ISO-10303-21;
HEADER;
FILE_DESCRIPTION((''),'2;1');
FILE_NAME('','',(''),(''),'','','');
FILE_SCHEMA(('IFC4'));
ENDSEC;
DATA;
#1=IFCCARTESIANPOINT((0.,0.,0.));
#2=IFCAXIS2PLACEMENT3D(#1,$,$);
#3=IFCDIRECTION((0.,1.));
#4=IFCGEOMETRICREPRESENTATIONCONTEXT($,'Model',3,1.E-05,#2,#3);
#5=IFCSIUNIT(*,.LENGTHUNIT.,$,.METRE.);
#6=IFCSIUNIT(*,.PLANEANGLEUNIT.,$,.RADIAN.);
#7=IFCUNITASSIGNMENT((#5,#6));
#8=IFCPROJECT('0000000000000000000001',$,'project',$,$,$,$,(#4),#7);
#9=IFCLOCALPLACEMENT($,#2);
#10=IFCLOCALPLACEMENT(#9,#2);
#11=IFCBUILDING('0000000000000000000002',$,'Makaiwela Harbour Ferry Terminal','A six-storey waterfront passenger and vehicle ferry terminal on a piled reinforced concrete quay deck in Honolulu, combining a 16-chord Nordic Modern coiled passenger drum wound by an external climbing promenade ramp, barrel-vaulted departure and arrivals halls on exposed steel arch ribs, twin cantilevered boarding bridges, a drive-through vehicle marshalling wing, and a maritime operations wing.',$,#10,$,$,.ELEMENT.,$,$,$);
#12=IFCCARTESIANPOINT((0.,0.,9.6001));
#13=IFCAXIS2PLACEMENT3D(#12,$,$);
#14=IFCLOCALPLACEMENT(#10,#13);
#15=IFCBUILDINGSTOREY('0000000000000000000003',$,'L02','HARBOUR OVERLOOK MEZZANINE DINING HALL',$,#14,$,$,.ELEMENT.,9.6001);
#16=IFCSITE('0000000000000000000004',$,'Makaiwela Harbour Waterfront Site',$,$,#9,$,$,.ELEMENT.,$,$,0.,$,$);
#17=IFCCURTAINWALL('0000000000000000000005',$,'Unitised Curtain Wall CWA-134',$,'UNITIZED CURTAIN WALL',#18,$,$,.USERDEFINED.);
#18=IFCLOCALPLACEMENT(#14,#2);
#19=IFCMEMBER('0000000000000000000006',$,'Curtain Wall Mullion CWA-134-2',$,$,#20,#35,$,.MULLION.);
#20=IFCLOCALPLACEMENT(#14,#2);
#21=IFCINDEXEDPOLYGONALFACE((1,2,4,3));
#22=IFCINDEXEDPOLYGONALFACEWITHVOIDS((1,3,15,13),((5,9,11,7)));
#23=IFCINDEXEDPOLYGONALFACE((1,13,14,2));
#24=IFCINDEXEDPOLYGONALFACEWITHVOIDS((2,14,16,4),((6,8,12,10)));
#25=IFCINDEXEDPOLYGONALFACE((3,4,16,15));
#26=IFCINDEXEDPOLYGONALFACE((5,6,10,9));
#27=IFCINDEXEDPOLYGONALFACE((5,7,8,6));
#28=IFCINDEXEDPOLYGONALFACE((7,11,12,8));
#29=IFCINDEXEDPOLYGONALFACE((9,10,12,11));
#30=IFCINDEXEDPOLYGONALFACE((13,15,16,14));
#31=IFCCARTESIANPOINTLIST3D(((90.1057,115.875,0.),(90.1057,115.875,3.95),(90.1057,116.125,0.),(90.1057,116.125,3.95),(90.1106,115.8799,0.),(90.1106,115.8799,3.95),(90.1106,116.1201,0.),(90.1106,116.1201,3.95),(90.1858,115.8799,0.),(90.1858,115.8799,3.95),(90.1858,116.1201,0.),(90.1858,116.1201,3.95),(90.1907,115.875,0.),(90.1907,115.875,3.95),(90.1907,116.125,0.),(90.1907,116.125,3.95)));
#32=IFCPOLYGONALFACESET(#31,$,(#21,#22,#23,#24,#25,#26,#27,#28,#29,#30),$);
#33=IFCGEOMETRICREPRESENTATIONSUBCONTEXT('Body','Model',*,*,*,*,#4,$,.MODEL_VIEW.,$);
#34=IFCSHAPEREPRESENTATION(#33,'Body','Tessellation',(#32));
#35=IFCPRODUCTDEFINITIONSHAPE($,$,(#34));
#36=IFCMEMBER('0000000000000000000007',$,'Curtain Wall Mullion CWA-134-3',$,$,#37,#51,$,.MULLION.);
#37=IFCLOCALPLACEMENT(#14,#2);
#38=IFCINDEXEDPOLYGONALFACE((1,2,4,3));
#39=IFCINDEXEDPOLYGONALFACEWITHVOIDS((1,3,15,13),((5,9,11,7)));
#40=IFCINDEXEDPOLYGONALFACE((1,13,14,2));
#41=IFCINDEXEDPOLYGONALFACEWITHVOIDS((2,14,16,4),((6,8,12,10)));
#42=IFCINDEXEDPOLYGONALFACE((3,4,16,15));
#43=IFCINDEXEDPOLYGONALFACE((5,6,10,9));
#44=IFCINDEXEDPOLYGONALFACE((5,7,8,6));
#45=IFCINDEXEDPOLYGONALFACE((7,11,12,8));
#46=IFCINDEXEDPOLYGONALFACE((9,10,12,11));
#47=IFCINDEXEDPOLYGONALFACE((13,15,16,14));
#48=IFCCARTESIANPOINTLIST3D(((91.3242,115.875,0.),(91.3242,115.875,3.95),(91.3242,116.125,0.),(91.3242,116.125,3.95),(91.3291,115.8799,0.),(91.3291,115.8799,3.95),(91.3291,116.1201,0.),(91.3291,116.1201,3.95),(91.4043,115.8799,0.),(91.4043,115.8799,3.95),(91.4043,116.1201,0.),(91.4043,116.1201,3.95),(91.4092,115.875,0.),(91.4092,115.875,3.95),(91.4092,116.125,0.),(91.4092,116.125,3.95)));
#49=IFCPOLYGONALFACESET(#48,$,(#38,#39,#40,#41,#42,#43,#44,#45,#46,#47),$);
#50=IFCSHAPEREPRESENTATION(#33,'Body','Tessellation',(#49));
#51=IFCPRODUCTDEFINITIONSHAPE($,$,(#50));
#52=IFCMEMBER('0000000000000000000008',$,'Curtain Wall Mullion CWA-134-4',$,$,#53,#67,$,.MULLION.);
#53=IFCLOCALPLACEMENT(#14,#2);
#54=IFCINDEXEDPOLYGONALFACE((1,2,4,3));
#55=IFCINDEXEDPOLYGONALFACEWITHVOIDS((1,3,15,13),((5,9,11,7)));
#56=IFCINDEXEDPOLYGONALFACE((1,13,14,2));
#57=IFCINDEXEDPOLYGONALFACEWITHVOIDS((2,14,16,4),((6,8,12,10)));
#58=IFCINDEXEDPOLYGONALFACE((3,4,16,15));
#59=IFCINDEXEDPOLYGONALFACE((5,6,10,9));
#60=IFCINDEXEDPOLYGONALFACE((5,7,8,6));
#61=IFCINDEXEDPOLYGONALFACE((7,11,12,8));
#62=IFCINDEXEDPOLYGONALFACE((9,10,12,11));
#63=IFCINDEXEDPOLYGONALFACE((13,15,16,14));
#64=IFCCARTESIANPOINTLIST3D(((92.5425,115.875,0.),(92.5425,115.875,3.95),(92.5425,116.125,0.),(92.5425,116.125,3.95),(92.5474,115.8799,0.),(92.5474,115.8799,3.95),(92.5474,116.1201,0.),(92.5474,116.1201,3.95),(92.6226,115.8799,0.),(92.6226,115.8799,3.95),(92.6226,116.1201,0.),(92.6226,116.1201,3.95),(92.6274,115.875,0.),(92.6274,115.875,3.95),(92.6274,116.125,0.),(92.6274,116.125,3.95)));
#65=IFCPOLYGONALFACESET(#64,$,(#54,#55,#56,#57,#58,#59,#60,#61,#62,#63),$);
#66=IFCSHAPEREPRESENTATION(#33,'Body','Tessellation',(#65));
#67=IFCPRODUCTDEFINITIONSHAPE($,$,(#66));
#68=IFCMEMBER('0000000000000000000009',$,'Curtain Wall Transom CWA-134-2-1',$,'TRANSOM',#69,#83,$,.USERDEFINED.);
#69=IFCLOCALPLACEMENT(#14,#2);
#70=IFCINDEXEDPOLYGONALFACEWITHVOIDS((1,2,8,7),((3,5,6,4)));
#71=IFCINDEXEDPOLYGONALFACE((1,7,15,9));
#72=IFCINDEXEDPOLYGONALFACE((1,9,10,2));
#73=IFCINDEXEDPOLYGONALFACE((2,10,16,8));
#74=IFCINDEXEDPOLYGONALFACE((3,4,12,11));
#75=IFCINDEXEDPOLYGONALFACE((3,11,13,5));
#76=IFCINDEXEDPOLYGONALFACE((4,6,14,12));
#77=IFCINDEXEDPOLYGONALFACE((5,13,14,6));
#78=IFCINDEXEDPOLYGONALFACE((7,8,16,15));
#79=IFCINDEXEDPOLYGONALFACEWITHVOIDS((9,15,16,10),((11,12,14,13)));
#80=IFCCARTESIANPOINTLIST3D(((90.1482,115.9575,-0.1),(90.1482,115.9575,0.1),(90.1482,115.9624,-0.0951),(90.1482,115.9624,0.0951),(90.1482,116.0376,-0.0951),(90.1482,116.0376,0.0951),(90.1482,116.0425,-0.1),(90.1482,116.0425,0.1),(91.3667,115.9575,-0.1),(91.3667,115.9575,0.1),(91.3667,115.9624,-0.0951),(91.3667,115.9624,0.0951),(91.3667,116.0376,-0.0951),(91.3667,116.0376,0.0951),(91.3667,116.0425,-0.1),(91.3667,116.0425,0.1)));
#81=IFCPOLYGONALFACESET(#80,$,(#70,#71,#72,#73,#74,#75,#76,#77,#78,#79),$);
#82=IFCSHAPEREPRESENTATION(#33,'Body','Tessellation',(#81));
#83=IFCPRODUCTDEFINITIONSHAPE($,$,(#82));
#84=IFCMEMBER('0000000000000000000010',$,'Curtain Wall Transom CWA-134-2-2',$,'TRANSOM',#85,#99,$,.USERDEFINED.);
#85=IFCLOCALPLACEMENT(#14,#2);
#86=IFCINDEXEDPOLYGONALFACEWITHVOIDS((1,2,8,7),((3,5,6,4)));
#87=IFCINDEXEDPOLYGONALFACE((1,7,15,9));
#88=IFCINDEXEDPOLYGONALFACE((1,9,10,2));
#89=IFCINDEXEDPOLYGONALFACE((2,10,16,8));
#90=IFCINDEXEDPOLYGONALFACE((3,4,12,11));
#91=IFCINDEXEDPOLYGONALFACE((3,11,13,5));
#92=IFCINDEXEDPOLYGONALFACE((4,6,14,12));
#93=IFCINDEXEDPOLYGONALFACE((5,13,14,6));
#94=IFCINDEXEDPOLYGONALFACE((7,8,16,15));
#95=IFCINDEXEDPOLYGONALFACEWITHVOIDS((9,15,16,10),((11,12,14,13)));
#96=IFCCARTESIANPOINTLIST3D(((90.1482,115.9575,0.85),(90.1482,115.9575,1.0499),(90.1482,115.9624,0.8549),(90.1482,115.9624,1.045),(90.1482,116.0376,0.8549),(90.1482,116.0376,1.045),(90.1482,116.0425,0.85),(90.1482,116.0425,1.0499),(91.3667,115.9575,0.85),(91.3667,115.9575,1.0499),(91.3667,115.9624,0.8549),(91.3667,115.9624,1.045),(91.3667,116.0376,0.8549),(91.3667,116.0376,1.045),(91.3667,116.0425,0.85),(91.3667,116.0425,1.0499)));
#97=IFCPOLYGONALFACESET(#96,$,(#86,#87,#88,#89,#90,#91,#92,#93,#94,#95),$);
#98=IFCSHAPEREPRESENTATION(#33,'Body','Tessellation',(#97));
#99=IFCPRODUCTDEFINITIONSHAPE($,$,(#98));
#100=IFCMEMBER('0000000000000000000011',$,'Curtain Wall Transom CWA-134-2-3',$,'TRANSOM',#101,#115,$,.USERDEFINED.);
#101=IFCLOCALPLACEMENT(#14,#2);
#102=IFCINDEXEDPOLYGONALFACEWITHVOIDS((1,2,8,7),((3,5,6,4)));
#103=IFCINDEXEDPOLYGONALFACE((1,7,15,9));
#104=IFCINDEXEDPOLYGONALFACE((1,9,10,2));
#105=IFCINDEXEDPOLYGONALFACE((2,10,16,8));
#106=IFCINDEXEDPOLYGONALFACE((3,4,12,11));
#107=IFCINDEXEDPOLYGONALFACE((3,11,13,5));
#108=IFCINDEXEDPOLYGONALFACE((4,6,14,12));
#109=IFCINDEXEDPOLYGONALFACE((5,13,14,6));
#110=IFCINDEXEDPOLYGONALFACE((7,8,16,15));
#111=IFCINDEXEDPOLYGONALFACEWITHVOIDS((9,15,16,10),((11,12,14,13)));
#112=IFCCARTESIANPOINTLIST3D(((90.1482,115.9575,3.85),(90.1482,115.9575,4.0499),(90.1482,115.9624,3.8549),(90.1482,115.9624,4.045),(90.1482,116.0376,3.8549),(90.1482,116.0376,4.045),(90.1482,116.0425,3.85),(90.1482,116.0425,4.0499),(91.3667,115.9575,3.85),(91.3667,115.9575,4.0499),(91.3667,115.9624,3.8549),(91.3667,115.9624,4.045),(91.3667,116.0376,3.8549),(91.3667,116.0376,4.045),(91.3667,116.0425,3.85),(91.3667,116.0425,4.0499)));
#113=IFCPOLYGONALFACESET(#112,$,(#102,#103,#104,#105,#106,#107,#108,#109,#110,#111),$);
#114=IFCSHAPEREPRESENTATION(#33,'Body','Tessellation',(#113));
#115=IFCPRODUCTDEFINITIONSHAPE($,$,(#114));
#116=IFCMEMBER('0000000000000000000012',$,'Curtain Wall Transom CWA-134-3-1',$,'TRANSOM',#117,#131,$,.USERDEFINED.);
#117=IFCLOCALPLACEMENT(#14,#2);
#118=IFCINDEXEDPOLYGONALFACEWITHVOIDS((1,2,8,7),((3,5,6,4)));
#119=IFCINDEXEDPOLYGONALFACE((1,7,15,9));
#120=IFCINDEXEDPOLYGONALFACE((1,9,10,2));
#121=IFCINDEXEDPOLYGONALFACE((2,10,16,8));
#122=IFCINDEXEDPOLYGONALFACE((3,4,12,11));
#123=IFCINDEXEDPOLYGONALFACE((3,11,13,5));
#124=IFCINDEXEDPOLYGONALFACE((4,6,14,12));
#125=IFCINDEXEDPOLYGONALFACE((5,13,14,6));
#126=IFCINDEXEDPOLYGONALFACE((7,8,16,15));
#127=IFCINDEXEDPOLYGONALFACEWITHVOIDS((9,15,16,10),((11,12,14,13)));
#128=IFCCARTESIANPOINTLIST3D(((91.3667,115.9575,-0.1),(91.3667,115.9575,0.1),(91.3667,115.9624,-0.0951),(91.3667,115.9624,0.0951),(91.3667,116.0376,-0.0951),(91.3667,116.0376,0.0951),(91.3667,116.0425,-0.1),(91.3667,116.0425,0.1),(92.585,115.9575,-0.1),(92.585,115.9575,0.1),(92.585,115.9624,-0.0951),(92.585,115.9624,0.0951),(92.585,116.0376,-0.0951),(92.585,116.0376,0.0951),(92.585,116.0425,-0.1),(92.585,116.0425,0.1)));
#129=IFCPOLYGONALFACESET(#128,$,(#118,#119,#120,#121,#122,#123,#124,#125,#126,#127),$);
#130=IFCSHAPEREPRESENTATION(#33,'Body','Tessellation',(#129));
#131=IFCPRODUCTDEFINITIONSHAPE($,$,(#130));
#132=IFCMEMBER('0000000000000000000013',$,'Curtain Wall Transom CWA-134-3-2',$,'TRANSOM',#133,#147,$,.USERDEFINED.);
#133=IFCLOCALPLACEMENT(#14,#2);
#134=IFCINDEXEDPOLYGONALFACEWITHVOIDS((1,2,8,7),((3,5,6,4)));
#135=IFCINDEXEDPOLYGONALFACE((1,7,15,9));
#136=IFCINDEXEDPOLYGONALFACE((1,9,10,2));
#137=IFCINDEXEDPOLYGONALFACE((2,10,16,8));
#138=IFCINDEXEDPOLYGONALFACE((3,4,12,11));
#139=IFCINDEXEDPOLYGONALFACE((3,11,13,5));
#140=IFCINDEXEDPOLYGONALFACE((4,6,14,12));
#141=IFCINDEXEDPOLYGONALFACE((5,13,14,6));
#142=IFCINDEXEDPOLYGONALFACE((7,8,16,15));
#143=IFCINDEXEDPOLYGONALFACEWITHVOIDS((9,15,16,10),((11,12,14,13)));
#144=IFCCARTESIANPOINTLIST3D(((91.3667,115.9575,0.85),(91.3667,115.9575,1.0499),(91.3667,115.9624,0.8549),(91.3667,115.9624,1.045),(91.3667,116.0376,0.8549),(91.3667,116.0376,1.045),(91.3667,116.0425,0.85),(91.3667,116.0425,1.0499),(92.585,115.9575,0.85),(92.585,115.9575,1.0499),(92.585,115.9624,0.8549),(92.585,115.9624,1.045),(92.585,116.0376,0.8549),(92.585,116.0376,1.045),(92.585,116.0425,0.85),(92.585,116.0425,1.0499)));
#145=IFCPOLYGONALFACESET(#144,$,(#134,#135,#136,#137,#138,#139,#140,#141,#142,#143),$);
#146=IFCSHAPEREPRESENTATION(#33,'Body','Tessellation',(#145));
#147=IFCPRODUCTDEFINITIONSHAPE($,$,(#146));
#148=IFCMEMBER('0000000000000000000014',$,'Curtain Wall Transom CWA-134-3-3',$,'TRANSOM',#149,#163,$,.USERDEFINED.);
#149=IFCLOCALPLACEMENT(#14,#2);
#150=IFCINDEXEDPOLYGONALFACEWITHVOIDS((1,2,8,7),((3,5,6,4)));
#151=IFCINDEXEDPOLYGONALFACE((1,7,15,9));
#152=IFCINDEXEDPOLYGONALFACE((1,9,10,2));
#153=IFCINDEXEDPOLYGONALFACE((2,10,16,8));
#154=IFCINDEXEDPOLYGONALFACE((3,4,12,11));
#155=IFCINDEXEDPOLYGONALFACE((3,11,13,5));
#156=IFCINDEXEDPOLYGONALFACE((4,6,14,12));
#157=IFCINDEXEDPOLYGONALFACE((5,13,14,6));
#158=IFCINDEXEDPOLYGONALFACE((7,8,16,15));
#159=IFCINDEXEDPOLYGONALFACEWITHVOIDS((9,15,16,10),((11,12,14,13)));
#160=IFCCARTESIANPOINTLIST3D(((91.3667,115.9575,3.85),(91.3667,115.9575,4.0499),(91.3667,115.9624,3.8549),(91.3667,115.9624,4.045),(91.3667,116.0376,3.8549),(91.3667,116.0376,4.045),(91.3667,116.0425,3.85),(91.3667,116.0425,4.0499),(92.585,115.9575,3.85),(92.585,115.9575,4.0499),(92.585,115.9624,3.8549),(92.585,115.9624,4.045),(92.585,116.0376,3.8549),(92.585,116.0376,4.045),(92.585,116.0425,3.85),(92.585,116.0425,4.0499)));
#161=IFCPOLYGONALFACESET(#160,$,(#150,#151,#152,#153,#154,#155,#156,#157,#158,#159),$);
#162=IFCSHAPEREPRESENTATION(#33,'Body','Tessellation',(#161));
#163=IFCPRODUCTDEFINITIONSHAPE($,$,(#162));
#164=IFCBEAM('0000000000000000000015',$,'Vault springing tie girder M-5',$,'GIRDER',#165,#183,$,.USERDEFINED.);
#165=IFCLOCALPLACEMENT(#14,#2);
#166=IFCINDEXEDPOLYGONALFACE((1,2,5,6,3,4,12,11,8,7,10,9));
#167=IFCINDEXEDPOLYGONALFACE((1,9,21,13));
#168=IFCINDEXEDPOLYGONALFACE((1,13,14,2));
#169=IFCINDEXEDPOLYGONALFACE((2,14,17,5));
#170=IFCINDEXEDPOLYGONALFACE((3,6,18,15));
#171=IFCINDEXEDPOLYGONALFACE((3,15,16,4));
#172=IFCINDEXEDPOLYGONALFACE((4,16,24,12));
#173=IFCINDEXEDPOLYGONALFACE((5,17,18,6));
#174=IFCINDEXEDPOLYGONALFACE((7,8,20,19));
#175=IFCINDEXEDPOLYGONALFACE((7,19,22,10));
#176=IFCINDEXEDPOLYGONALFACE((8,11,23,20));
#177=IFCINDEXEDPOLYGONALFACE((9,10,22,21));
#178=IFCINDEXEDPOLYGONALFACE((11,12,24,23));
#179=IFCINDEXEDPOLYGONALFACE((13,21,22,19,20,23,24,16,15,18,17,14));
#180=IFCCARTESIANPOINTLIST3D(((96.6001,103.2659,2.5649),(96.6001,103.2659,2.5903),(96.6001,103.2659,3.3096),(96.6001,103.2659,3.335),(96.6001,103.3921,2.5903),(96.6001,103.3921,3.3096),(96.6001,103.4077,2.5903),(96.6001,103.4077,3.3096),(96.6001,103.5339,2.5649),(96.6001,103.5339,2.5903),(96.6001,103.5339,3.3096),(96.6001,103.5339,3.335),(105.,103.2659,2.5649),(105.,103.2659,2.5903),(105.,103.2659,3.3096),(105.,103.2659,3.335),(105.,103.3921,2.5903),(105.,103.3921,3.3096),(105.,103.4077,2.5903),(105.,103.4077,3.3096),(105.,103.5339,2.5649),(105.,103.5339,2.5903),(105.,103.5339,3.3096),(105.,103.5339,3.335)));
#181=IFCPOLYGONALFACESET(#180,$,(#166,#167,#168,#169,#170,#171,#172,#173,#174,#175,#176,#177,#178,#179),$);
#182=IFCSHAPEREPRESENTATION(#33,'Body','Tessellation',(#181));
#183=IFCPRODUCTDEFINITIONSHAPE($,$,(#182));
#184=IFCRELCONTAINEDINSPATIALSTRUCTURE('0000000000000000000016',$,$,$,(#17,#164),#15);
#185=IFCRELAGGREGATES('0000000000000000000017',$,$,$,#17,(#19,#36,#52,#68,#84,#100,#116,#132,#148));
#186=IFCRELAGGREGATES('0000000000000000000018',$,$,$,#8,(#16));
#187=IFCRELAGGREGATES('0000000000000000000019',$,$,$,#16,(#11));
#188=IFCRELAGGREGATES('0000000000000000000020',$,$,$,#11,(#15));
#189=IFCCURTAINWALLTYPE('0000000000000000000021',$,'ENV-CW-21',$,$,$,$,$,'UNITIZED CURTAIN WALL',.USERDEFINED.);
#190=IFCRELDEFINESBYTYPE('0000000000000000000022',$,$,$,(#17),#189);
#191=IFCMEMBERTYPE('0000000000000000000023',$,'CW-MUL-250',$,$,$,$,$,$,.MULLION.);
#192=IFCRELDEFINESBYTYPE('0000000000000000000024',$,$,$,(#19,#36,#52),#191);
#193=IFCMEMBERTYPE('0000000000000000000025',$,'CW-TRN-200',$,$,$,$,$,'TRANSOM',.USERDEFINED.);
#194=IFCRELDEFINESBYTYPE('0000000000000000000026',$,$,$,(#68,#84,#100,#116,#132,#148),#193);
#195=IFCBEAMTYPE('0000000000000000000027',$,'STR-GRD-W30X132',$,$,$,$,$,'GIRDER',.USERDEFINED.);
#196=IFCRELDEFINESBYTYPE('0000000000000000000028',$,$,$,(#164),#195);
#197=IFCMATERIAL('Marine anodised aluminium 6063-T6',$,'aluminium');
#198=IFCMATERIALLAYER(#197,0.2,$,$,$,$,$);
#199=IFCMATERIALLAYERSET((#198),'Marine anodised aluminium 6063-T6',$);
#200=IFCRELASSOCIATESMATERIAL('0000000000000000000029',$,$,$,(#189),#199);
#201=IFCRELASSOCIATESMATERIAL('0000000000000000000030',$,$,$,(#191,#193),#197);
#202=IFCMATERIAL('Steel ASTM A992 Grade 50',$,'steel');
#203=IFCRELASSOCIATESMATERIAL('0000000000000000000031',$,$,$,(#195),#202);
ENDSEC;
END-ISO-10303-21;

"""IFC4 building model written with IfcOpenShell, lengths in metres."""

from ifc_helpers import new_model, si_unit, direction, frame, origin, origin_2d, place, context, subcontext, project, spatial, hollow_rectangle, i_section, extrude, material, layer, layer_set, material_profile, profile_set, type_object, element, aggregate, save


model = new_model("IFC4")

# Units and contexts
model_context = context("Model", 3, precision=1e-05, world=origin(), true_north=direction((0.0, 1.0)))
body_context = subcontext(model_context, "Body", "Model", "MODEL_VIEW")
ifc_project = project(units=[si_unit("LENGTHUNIT", "METRE"), si_unit("PLANEANGLEUNIT", "RADIAN")], contexts=[model_context])

# Site, building, storey
site_placement = place(None, origin())
site = spatial("IfcSite", under=ifc_project, at=site_placement, Name="Makaiwela Harbour Waterfront Site", CompositionType="ELEMENT", RefElevation=0.0)
building_placement = place(site_placement, origin())
building = spatial("IfcBuilding", under=site, at=building_placement, Name="Makaiwela Harbour Ferry Terminal", Description="A six-storey waterfront passenger and vehicle ferry terminal on a piled reinforced concrete quay deck in Honolulu, combining a 16-chord Nordic Modern coiled passenger drum wound by an external climbing promenade ramp, barrel-vaulted departure and arrivals halls on exposed steel arch ribs, twin cantilevered boarding bridges, a drive-through vehicle marshalling wing, and a maritime operations wing.", CompositionType="ELEMENT")
storey_placement = place(building_placement, frame((0.0, 0.0, 9.6001)))
storey = spatial("IfcBuildingStorey", under=building, at=storey_placement, Name="L02", Description="HARBOUR OVERLOOK MEZZANINE DINING HALL", CompositionType="ELEMENT", Elevation=9.6001)

# Curtain wall, members
ifc_material_1 = material(Name="Marine anodised aluminium 6063-T6", Category="aluminium")
ifc_layer_1 = layer(ifc_material_1, 0.2)
ifc_layer_set_1 = layer_set([ifc_layer_1], Name="Marine anodised aluminium 6063-T6")
curtain_wall_type = type_object("IfcCurtainWallType", Name="ENV-CW-21", ElementType="UNITIZED CURTAIN WALL", PredefinedType="USERDEFINED", material=ifc_layer_set_1)
curtain_wall_placement = place(storey_placement, origin())
curtain_wall = element("IfcCurtainWall", 1, at=curtain_wall_placement, inside=storey, type_object=curtain_wall_type, Name="Unitised Curtain Wall CWA-134", ObjectType="UNITIZED CURTAIN WALL", PredefinedType="USERDEFINED")
ifc_material_profile_1 = material_profile(ifc_material_1, hollow_rectangle(XDim=0.085, YDim=0.25, WallThickness=0.0049, at=origin_2d()), Name="CWM-250X85")
ifc_profile_set_1 = profile_set([ifc_material_profile_1], Name="Marine anodised aluminium 6063-T6")
member_type_1 = type_object("IfcMemberType", Name="CW-MUL-250", PredefinedType="MULLION", material=ifc_profile_set_1)
member_1_placement = place(storey_placement, frame((90.1482, 116.0, 0.0), z_axis=(0.0, 0.0, 1.0), x_axis=(1.0, 0.0, 0.0)))
member_1 = element("IfcMember", 2, at=member_1_placement, type_object=member_type_1, Name="Curtain Wall Mullion CWA-134-2", PredefinedType="MULLION", context=body_context, shape_type="SweptSolid", body=[
    extrude(hollow_rectangle(XDim=0.085, YDim=0.25, WallThickness=0.0049, at=origin_2d()), origin(), (0.0, 0.0, 1.0), 3.95),
])
member_2_placement = place(storey_placement, frame((91.3667, 116.0, 0.0), z_axis=(0.0, 0.0, 1.0), x_axis=(1.0, 0.0, 0.0)))
member_2 = element("IfcMember", 3, at=member_2_placement, type_object=member_type_1, Name="Curtain Wall Mullion CWA-134-3", PredefinedType="MULLION", context=body_context, shape_type="SweptSolid", body=[
    extrude(hollow_rectangle(XDim=0.085, YDim=0.25, WallThickness=0.0049, at=origin_2d()), origin(), (0.0, 0.0, 1.0), 3.95),
])
member_3_placement = place(storey_placement, frame((92.585, 116.0, 0.0), z_axis=(0.0, 0.0, 1.0), x_axis=(1.0, 0.0, 0.0)))
member_3 = element("IfcMember", 4, at=member_3_placement, type_object=member_type_1, Name="Curtain Wall Mullion CWA-134-4", PredefinedType="MULLION", context=body_context, shape_type="SweptSolid", body=[
    extrude(hollow_rectangle(XDim=0.085, YDim=0.25, WallThickness=0.0049, at=origin_2d()), origin(), (0.0, 0.0, 1.0), 3.95),
])
ifc_material_profile_2 = material_profile(ifc_material_1, hollow_rectangle(XDim=0.085, YDim=0.2, WallThickness=0.0049, at=origin_2d()), Name="CWT-200X85")
ifc_profile_set_2 = profile_set([ifc_material_profile_2], Name="Marine anodised aluminium 6063-T6")
member_type_2 = type_object("IfcMemberType", Name="CW-TRN-200", ElementType="TRANSOM", PredefinedType="USERDEFINED", material=ifc_profile_set_2)
member_4_placement = place(storey_placement, frame((90.1482, 116.0, 0.0), z_axis=(1.0, 0.0, 0.0), x_axis=(0.0, 1.0, 0.0)))
member_4 = element("IfcMember", 5, at=member_4_placement, type_object=member_type_2, Name="Curtain Wall Transom CWA-134-2-1", ObjectType="TRANSOM", PredefinedType="USERDEFINED", context=body_context, shape_type="SweptSolid", body=[
    extrude(hollow_rectangle(XDim=0.085, YDim=0.2, WallThickness=0.0049, at=origin_2d()), origin(), (0.0, 0.0, 1.0), 1.2185),
])
member_5_placement = place(storey_placement, frame((90.1482, 116.0, 0.95), z_axis=(1.0, 0.0, 0.0), x_axis=(0.0, 1.0, 0.0)))
member_5 = element("IfcMember", 6, at=member_5_placement, type_object=member_type_2, Name="Curtain Wall Transom CWA-134-2-2", ObjectType="TRANSOM", PredefinedType="USERDEFINED", context=body_context, shape_type="SweptSolid", body=[
    extrude(hollow_rectangle(XDim=0.085, YDim=0.2, WallThickness=0.0049, at=origin_2d()), origin(), (0.0, 0.0, 1.0), 1.2185),
])
member_6_placement = place(storey_placement, frame((90.1482, 116.0, 3.95), z_axis=(1.0, 0.0, 0.0), x_axis=(0.0, 1.0, 0.0)))
member_6 = element("IfcMember", 7, at=member_6_placement, type_object=member_type_2, Name="Curtain Wall Transom CWA-134-2-3", ObjectType="TRANSOM", PredefinedType="USERDEFINED", context=body_context, shape_type="SweptSolid", body=[
    extrude(hollow_rectangle(XDim=0.085, YDim=0.2, WallThickness=0.0049, at=origin_2d()), origin(), (0.0, 0.0, 1.0), 1.2185),
])
member_7_placement = place(storey_placement, frame((91.3667, 116.0, 0.0), z_axis=(1.0, 0.0, 0.0), x_axis=(0.0, 1.0, 0.0)))
member_7 = element("IfcMember", 8, at=member_7_placement, type_object=member_type_2, Name="Curtain Wall Transom CWA-134-3-1", ObjectType="TRANSOM", PredefinedType="USERDEFINED", context=body_context, shape_type="SweptSolid", body=[
    extrude(hollow_rectangle(XDim=0.085, YDim=0.2, WallThickness=0.0049, at=origin_2d()), origin(), (0.0, 0.0, 1.0), 1.2183),
])
member_8_placement = place(storey_placement, frame((91.3667, 116.0, 0.95), z_axis=(1.0, 0.0, 0.0), x_axis=(0.0, 1.0, 0.0)))
member_8 = element("IfcMember", 9, at=member_8_placement, type_object=member_type_2, Name="Curtain Wall Transom CWA-134-3-2", ObjectType="TRANSOM", PredefinedType="USERDEFINED", context=body_context, shape_type="SweptSolid", body=[
    extrude(hollow_rectangle(XDim=0.085, YDim=0.2, WallThickness=0.0049, at=origin_2d()), origin(), (0.0, 0.0, 1.0), 1.2183),
])
member_9_placement = place(storey_placement, frame((91.3667, 116.0, 3.95), z_axis=(1.0, 0.0, 0.0), x_axis=(0.0, 1.0, 0.0)))
member_9 = element("IfcMember", 10, at=member_9_placement, type_object=member_type_2, Name="Curtain Wall Transom CWA-134-3-3", ObjectType="TRANSOM", PredefinedType="USERDEFINED", context=body_context, shape_type="SweptSolid", body=[
    extrude(hollow_rectangle(XDim=0.085, YDim=0.2, WallThickness=0.0049, at=origin_2d()), origin(), (0.0, 0.0, 1.0), 1.2183),
])

# Beam
ifc_material_2 = material(Name="Steel ASTM A992 Grade 50", Category="steel")
ifc_material_profile_3 = material_profile(ifc_material_2, i_section(OverallWidth=0.2681, OverallDepth=0.77, WebThickness=0.0156, FlangeThickness=0.0254, at=origin_2d()), Name="W30X132")
ifc_profile_set_3 = profile_set([ifc_material_profile_3], Name="Steel ASTM A992 Grade 50")
beam_type_1 = type_object("IfcBeamType", Name="STR-GRD-W30X132", ElementType="GIRDER", PredefinedType="USERDEFINED", material=ifc_profile_set_3)
beam_1_placement = place(storey_placement, frame((96.6001, 103.3999, 2.95), z_axis=(1.0, 0.0, 0.0), x_axis=(0.0, 1.0, 0.0)))
element("IfcBeam", 11, at=beam_1_placement, inside=storey, type_object=beam_type_1, Name="Vault springing tie girder M-5", ObjectType="GIRDER", PredefinedType="USERDEFINED", context=body_context, shape_type="SweptSolid", body=[
    extrude(i_section(OverallWidth=0.2681, OverallDepth=0.77, WebThickness=0.0156, FlangeThickness=0.0254, at=origin_2d()), origin(), (0.0, 0.0, 1.0), 8.3999),
])

aggregate(curtain_wall, [member_1, member_2, member_3, member_4, member_5, member_6, member_7, member_8, member_9])

save(model, "model.ifc")
